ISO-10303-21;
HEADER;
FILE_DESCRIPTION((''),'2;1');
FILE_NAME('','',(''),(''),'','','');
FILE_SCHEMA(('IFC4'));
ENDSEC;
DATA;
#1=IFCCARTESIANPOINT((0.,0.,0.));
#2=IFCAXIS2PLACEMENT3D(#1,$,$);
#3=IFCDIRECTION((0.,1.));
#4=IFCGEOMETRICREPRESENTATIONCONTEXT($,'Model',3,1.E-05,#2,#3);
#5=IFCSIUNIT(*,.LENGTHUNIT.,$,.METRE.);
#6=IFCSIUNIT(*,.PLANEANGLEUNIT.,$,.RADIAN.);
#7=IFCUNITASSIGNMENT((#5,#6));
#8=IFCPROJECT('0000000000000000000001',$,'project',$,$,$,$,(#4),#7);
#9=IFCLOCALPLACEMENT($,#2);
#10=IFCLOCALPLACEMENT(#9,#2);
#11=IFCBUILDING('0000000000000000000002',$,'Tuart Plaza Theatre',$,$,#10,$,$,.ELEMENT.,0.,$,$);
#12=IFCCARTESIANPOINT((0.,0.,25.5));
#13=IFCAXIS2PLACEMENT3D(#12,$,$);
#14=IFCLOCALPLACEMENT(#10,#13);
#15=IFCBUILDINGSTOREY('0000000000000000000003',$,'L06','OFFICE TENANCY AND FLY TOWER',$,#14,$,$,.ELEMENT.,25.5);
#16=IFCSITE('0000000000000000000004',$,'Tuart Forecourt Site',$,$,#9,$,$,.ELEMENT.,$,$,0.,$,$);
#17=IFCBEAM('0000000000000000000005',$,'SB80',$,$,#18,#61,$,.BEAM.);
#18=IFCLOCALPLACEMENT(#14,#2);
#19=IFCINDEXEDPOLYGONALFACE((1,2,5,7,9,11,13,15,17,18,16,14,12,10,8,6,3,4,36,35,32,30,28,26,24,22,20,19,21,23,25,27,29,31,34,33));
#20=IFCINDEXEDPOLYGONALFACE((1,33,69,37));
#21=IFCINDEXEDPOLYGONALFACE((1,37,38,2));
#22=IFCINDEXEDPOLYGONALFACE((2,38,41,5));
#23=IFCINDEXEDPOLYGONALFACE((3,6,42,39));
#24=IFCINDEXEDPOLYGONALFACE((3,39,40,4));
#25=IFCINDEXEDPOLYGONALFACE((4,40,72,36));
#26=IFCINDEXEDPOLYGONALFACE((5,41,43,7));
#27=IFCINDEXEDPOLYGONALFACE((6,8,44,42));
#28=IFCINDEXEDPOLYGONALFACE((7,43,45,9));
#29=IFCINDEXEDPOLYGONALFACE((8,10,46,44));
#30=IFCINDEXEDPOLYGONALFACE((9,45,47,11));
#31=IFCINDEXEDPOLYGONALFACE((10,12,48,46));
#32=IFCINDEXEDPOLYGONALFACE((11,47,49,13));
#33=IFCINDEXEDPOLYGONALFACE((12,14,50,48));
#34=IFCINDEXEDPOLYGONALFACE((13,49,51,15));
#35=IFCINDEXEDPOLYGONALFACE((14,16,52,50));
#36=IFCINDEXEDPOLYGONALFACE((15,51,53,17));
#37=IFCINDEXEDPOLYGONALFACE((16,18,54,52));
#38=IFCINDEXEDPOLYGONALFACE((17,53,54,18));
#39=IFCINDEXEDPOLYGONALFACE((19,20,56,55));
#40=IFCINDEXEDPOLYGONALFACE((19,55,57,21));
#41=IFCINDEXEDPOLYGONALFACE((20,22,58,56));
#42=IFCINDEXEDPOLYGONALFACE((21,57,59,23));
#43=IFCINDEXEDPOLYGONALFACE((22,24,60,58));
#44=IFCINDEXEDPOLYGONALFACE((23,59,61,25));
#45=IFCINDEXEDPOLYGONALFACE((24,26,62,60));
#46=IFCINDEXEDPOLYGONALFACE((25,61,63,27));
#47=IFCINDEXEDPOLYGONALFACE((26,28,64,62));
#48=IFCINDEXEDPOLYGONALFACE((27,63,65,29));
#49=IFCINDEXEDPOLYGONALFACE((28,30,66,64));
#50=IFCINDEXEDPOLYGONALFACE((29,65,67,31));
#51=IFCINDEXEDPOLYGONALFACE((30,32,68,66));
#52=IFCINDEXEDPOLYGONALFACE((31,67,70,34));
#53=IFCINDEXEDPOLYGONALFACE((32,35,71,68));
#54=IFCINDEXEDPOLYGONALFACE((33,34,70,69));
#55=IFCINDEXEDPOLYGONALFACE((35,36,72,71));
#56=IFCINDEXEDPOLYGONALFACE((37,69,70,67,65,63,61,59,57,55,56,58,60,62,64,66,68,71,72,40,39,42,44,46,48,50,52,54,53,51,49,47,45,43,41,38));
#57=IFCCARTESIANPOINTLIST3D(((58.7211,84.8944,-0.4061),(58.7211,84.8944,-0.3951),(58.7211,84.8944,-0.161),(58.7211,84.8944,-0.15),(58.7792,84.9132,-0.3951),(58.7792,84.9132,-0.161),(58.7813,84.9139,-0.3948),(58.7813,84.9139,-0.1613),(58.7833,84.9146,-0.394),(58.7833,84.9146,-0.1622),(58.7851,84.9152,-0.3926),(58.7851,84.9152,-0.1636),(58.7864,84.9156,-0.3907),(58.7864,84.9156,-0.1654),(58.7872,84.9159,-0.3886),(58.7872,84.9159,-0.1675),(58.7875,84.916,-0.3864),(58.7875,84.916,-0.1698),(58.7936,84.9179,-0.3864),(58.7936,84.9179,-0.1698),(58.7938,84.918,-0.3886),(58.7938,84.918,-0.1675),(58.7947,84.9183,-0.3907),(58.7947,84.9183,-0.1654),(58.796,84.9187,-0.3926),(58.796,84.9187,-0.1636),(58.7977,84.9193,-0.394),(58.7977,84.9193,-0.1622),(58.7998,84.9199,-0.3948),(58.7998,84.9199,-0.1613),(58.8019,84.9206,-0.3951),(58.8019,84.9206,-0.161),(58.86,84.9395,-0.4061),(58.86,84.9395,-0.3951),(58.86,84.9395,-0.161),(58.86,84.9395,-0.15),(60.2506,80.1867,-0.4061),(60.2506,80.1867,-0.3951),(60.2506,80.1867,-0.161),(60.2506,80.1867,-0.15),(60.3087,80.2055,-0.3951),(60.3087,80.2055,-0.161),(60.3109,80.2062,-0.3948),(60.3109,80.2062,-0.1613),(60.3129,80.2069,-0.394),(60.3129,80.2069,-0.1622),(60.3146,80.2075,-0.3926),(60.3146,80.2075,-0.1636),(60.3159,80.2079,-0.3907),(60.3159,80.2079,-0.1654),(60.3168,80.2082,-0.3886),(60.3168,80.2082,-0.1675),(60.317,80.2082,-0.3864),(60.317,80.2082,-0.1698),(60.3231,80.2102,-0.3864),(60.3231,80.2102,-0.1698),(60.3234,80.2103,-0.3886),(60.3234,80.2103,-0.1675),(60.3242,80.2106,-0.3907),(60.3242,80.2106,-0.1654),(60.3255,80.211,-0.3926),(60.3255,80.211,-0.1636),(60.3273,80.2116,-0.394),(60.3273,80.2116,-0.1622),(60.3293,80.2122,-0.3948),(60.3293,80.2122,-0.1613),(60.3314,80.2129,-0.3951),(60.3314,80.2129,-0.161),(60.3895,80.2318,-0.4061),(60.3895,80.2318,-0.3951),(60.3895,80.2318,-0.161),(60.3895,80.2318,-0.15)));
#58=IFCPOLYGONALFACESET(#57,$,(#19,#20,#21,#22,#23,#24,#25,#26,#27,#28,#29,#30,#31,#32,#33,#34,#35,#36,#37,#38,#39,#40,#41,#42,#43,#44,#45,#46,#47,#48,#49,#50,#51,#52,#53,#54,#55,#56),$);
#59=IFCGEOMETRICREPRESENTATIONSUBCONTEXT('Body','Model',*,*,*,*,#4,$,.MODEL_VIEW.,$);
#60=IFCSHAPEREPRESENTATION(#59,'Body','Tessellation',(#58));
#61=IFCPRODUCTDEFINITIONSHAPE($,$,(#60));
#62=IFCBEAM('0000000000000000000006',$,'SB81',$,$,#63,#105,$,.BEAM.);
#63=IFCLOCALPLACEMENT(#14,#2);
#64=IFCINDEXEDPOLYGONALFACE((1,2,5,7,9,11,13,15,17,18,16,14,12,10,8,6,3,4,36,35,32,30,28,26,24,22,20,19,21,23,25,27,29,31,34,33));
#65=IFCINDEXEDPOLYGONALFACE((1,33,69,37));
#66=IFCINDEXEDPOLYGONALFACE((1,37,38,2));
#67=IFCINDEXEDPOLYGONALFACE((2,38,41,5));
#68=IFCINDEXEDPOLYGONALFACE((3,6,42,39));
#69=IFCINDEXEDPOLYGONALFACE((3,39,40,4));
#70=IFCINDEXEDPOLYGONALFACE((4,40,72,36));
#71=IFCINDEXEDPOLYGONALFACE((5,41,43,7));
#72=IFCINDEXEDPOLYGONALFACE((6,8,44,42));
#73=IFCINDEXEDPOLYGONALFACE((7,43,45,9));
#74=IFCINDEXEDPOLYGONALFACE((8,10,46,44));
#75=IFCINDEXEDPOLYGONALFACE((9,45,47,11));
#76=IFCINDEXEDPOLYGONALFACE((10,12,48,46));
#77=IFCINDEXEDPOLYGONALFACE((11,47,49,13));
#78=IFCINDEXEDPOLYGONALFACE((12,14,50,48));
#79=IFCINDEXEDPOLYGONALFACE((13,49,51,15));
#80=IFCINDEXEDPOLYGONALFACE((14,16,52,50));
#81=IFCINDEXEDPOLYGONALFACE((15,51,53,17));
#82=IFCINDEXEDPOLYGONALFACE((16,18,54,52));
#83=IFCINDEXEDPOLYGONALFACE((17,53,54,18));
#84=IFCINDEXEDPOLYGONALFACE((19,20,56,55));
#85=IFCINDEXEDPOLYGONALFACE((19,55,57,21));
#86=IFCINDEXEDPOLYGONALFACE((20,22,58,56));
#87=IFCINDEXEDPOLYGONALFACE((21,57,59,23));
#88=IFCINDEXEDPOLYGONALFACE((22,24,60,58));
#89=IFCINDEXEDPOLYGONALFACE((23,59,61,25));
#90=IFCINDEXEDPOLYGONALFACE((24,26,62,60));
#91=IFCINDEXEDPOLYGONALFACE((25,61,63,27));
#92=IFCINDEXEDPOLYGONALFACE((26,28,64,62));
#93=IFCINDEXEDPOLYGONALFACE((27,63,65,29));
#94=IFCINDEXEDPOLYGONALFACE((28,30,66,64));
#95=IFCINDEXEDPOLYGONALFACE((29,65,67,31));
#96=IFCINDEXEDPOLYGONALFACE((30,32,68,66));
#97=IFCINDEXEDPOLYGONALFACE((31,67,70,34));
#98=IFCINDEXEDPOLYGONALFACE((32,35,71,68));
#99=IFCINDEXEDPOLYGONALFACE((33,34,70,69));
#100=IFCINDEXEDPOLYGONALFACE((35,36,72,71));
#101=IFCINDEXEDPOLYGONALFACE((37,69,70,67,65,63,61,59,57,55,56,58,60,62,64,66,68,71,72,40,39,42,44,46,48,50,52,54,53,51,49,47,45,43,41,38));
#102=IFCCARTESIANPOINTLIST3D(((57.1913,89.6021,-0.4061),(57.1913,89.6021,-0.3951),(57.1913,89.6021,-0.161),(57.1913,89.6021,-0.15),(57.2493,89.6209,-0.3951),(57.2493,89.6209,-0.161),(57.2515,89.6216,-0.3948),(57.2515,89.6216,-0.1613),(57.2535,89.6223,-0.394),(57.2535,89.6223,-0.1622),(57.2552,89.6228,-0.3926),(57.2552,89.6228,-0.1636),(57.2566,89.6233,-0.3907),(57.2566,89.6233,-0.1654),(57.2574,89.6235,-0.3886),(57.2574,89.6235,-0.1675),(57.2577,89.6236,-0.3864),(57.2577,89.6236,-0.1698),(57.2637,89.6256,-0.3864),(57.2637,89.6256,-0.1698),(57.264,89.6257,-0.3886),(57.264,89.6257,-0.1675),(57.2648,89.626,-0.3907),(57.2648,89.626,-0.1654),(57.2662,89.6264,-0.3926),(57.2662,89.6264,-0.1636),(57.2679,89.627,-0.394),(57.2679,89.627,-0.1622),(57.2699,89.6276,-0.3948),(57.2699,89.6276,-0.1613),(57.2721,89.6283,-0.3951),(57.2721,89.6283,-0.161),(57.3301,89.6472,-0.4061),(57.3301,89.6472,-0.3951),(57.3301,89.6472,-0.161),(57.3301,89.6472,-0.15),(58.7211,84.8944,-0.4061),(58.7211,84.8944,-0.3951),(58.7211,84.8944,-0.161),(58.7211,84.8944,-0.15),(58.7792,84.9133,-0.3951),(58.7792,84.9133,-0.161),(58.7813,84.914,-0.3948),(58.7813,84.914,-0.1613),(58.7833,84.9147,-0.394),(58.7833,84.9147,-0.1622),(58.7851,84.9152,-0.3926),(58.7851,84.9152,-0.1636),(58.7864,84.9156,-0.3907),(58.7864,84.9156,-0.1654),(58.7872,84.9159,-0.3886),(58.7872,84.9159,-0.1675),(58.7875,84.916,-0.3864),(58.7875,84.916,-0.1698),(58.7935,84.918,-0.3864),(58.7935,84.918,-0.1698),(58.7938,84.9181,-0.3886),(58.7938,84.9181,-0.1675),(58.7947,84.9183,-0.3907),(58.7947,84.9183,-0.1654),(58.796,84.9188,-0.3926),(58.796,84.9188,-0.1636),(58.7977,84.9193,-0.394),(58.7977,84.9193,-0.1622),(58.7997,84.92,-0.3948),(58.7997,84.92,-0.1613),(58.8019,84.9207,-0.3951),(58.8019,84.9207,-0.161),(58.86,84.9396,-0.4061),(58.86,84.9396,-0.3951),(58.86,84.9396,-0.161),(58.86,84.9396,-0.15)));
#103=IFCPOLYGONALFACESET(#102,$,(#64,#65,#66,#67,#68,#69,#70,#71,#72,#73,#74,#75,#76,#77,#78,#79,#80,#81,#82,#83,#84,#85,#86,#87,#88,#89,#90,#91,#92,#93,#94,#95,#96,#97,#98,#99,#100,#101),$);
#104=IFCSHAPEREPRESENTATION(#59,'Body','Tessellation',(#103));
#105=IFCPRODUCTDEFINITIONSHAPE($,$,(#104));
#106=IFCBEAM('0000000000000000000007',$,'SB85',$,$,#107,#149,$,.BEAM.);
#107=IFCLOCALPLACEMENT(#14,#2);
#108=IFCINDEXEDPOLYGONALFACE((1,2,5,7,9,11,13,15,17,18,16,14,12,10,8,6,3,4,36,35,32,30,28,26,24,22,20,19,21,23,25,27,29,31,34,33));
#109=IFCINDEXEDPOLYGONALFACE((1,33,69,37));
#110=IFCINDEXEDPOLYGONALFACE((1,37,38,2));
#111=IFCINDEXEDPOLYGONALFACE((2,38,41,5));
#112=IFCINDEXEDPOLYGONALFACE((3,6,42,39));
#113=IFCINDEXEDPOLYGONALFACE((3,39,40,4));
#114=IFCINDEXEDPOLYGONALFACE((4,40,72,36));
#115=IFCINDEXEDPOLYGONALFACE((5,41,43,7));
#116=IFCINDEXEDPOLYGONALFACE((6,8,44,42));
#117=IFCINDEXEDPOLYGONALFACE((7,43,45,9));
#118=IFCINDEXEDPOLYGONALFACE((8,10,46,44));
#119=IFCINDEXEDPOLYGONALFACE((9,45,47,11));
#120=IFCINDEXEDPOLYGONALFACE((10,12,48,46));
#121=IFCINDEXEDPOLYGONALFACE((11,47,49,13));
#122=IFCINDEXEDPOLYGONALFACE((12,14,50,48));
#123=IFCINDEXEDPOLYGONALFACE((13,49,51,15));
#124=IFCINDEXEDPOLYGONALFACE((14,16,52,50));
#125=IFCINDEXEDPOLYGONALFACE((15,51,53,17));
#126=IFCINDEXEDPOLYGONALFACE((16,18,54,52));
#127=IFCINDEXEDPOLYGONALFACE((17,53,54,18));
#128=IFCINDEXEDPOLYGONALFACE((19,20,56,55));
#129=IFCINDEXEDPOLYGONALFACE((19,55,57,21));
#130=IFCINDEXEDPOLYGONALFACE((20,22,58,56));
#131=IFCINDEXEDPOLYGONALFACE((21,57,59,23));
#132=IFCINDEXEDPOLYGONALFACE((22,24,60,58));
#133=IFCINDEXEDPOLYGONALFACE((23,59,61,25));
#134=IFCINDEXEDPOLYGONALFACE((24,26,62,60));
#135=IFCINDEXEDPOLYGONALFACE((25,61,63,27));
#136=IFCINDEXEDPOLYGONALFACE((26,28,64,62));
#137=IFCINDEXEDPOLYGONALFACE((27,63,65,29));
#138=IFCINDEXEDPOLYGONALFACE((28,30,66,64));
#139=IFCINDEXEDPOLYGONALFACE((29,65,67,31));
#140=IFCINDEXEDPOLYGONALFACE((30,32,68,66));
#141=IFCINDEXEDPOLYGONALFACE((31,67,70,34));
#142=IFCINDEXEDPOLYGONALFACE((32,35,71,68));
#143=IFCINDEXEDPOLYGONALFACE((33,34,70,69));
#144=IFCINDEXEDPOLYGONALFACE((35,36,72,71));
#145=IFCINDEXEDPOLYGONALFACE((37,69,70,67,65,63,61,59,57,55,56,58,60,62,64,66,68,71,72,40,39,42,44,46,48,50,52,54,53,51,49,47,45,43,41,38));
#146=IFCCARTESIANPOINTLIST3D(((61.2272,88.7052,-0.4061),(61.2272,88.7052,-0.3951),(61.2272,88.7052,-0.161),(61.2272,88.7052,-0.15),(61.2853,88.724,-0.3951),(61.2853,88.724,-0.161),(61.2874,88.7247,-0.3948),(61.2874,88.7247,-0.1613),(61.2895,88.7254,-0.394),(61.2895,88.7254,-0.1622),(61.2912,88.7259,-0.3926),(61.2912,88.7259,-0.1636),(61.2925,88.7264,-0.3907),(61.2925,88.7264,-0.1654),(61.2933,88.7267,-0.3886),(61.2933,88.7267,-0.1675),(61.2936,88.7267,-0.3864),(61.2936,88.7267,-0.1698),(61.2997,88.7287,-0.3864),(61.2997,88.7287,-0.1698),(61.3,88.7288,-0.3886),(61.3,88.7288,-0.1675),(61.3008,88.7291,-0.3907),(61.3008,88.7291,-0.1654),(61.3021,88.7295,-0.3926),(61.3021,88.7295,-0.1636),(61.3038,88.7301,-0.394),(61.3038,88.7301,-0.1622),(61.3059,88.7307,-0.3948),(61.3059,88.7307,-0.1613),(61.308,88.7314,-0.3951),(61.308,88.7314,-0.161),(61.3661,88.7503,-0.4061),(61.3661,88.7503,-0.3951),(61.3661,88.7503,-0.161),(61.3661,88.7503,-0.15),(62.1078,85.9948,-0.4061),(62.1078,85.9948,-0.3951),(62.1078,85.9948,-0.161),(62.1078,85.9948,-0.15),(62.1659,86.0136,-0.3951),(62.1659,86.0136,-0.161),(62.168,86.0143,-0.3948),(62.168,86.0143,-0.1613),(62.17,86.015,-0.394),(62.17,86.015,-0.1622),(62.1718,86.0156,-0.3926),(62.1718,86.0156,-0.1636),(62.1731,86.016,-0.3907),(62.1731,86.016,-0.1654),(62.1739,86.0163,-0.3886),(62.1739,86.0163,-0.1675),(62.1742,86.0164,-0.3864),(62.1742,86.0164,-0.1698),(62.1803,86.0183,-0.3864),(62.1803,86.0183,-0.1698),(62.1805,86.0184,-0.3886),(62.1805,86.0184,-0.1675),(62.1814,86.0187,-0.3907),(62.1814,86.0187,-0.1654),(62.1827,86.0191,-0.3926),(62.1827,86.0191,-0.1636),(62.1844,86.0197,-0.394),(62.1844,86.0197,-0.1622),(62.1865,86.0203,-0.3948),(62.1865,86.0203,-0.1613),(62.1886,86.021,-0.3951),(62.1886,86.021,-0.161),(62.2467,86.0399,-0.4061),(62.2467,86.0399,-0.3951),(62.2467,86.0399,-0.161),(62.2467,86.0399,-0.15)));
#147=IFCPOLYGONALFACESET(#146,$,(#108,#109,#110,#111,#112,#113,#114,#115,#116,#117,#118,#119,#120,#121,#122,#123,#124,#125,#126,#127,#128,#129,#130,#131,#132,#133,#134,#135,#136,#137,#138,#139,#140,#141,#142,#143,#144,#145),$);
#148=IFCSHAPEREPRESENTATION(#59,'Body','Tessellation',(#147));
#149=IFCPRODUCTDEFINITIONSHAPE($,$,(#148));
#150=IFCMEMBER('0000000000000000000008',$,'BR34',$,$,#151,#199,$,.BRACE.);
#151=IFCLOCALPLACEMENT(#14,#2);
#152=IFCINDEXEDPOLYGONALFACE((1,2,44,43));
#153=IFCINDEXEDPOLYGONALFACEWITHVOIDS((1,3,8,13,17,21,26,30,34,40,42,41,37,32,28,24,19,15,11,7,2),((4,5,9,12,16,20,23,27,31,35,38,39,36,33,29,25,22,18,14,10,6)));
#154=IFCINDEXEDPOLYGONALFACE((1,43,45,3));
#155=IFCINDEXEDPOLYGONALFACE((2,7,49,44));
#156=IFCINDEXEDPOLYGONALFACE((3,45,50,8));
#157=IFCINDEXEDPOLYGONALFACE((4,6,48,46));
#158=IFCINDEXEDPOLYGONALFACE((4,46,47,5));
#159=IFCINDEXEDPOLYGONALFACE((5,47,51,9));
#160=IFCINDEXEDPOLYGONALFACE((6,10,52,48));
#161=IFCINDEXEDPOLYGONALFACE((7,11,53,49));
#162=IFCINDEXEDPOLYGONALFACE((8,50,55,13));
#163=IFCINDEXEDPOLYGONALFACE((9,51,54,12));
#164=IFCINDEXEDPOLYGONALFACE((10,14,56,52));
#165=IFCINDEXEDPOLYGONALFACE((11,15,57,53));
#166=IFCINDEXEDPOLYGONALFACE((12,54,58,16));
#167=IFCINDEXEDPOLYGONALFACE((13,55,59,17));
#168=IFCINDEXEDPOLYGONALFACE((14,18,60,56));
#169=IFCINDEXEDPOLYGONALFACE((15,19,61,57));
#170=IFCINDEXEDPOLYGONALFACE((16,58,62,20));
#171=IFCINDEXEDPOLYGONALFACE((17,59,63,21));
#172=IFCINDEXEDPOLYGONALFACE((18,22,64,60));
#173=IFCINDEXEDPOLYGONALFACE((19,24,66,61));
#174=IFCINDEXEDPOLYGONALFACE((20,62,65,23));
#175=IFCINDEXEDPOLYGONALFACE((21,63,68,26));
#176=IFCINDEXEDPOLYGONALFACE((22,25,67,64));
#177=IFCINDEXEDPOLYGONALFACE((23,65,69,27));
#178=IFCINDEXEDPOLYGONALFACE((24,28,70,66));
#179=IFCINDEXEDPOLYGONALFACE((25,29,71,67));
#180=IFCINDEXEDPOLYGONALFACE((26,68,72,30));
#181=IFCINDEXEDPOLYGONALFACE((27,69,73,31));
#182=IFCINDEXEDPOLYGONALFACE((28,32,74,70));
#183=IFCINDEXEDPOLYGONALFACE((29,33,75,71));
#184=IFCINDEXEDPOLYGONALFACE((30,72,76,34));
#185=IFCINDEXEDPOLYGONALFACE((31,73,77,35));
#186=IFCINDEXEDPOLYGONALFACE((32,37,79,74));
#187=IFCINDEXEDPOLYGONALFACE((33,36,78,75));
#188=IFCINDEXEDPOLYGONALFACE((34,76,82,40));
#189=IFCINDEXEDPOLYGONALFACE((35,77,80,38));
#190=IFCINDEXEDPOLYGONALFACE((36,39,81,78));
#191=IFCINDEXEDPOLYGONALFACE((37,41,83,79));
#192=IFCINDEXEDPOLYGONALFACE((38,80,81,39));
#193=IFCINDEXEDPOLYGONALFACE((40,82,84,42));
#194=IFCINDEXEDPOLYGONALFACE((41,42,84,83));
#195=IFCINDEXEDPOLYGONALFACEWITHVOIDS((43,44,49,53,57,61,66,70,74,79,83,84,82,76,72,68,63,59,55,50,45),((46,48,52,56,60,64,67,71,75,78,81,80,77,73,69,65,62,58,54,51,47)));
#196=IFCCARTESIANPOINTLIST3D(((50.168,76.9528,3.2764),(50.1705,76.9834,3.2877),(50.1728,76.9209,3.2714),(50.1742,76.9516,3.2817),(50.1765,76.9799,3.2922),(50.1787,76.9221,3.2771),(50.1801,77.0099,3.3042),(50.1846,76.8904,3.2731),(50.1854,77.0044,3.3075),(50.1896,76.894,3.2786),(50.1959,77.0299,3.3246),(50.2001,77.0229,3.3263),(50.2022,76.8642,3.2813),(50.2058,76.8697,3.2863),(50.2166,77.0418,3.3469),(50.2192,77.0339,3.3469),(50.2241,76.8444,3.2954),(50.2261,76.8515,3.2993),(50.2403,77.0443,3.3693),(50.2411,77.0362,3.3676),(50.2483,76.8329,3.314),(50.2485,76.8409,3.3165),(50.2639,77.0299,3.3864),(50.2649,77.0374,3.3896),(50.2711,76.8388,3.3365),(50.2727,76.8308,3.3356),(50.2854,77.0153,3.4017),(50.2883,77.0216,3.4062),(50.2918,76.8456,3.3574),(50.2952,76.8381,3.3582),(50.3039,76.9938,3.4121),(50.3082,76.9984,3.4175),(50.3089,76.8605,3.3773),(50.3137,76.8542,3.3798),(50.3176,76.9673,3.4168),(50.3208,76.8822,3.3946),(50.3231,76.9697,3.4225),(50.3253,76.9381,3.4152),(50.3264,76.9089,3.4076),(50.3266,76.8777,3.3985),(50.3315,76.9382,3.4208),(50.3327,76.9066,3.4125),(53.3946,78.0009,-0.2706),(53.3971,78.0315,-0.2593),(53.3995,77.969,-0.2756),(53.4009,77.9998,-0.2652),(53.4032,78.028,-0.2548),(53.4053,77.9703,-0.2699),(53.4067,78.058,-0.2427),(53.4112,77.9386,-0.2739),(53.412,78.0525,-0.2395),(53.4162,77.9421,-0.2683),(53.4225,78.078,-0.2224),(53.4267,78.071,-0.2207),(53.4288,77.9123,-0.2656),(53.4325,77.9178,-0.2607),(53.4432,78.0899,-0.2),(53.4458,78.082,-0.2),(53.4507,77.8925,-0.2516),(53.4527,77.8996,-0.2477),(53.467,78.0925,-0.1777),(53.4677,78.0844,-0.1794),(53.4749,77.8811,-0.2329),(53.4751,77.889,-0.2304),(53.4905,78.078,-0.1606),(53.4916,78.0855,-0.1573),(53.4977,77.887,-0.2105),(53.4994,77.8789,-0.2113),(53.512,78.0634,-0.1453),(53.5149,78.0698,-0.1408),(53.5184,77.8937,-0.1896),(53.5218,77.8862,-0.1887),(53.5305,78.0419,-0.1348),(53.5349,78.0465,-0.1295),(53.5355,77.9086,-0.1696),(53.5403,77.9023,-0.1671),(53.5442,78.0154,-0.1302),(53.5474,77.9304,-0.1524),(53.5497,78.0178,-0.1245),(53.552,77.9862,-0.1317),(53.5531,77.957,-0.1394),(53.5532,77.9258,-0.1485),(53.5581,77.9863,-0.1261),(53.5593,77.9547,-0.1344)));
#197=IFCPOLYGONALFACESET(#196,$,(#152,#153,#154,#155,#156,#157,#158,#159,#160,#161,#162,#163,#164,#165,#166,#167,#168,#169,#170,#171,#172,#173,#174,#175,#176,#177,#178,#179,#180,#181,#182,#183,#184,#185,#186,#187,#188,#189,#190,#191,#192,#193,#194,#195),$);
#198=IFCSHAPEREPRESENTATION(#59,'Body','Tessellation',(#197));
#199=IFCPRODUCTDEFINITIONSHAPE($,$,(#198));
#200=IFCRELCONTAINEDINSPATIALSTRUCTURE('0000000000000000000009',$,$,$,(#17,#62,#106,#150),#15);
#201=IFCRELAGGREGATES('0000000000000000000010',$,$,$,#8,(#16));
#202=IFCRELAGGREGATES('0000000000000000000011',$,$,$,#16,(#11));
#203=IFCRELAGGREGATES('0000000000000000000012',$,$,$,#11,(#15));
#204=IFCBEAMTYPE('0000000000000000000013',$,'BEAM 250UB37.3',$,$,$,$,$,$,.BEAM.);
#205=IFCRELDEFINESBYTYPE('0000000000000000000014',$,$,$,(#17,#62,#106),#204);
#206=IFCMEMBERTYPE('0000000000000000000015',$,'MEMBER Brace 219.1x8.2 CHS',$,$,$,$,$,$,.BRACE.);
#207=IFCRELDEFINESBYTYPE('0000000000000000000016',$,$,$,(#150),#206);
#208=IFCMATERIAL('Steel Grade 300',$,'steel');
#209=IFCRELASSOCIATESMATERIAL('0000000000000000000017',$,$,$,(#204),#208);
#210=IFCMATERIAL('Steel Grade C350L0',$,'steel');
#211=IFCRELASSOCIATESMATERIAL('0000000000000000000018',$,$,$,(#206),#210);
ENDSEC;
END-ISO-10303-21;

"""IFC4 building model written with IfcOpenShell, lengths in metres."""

from ifc_helpers import new_model, si_unit, direction, frame, origin, origin_2d, place, context, subcontext, project, spatial, hollow_circle, i_section, extrude, material, material_profile, profile_set, type_object, element, save


model = new_model("IFC4")

# Units and contexts
model_context = context("Model", 3, precision=1e-05, world=origin(), true_north=direction((0.0, 1.0)))
body_context = subcontext(model_context, "Body", "Model", "MODEL_VIEW")
ifc_project = project(units=[si_unit("LENGTHUNIT", "METRE"), si_unit("PLANEANGLEUNIT", "RADIAN")], contexts=[model_context])

# Site, building, storey
site_placement = place(None, origin())
site = spatial("IfcSite", under=ifc_project, at=site_placement, Name="Tuart Forecourt Site", CompositionType="ELEMENT", RefElevation=0.0)
building_placement = place(site_placement, origin())
building = spatial("IfcBuilding", under=site, at=building_placement, Name="Tuart Plaza Theatre", CompositionType="ELEMENT", ElevationOfRefHeight=0.0)
storey_placement = place(building_placement, frame((0.0, 0.0, 25.5)))
storey = spatial("IfcBuildingStorey", under=building, at=storey_placement, Name="L06", Description="OFFICE TENANCY AND FLY TOWER", CompositionType="ELEMENT", Elevation=25.5)

# Beams
ifc_material_1 = material(Name="Steel Grade 300", Category="steel")
ifc_material_profile_1 = material_profile(ifc_material_1, i_section(OverallWidth=0.146, OverallDepth=0.2561, WebThickness=0.0063, FlangeThickness=0.011, FilletRadius=0.0088, at=origin_2d()), Name="250UB37.3")
ifc_profile_set_1 = profile_set([ifc_material_profile_1], Name="Steel Grade 300")
beam_type = type_object("IfcBeamType", Name="BEAM 250UB37.3", PredefinedType="BEAM", material=ifc_profile_set_1)
for number, where, z_axis, x_axis, name in (
    (1, (60.3201, 80.2092, -0.2781), (-0.308998, 0.951063, 0.0), (-0.951063, -0.308998, 0.0), "SB80"),
    (2, (58.7905, 84.917, -0.2781), (-0.309057, 0.951043, 0.0), (-0.951043, -0.309057, 0.0), "SB81"),
):
    element("IfcBeam", number, at=place(storey_placement, frame(where, z_axis=z_axis, x_axis=x_axis)), inside=storey, type_object=beam_type, Name=name, PredefinedType="BEAM", context=body_context, shape_type="SweptSolid", body=[
        extrude(i_section(OverallWidth=0.146, OverallDepth=0.2561, WebThickness=0.0063, FlangeThickness=0.011, FilletRadius=0.0088, at=origin_2d()), origin(), (0.0, 0.0, 1.0), 4.95),
    ])
beam_1_placement = place(storey_placement, frame((62.1772, 86.0173, -0.2781), z_axis=(-0.308997, 0.951063, 0.0), x_axis=(-0.951063, -0.308997, 0.0)))
element("IfcBeam", 3, at=beam_1_placement, inside=storey, type_object=beam_type, Name="SB85", PredefinedType="BEAM", context=body_context, shape_type="SweptSolid", body=[
    extrude(i_section(OverallWidth=0.146, OverallDepth=0.2561, WebThickness=0.0063, FlangeThickness=0.011, FilletRadius=0.0088, at=origin_2d()), origin(), (0.0, 0.0, 1.0), 2.8499),
])

# Member
ifc_material_2 = material(Name="Steel Grade C350L0", Category="steel")
ifc_material_profile_2 = material_profile(ifc_material_2, hollow_circle(Radius=0.1096, WallThickness=0.0083, at=origin_2d()), Name="219.1x8.2 CHS")
ifc_profile_set_2 = profile_set([ifc_material_profile_2], Name="Steel Grade C350L0")
member_type_1 = type_object("IfcMemberType", Name="MEMBER Brace 219.1x8.2 CHS", PredefinedType="BRACE", material=ifc_profile_set_2)
for number, where, z_axis, x_axis, name in (
    (4, (50.2505, 76.9375, 3.3469), (0.657394, 0.213544, -0.722656), (-0.308943, 0.951081, 0.0), "BR34"),
):
    element("IfcMember", number, at=place(storey_placement, frame(where, z_axis=z_axis, x_axis=x_axis)), inside=storey, type_object=member_type_1, Name=name, PredefinedType="BRACE", context=body_context, shape_type="SweptSolid", body=[
        extrude(hollow_circle(Radius=0.1096, WallThickness=0.0083, at=origin_2d()), origin(), (0.0, 0.0, 1.0), 4.9082),
    ])

save(model, "model.ifc")
